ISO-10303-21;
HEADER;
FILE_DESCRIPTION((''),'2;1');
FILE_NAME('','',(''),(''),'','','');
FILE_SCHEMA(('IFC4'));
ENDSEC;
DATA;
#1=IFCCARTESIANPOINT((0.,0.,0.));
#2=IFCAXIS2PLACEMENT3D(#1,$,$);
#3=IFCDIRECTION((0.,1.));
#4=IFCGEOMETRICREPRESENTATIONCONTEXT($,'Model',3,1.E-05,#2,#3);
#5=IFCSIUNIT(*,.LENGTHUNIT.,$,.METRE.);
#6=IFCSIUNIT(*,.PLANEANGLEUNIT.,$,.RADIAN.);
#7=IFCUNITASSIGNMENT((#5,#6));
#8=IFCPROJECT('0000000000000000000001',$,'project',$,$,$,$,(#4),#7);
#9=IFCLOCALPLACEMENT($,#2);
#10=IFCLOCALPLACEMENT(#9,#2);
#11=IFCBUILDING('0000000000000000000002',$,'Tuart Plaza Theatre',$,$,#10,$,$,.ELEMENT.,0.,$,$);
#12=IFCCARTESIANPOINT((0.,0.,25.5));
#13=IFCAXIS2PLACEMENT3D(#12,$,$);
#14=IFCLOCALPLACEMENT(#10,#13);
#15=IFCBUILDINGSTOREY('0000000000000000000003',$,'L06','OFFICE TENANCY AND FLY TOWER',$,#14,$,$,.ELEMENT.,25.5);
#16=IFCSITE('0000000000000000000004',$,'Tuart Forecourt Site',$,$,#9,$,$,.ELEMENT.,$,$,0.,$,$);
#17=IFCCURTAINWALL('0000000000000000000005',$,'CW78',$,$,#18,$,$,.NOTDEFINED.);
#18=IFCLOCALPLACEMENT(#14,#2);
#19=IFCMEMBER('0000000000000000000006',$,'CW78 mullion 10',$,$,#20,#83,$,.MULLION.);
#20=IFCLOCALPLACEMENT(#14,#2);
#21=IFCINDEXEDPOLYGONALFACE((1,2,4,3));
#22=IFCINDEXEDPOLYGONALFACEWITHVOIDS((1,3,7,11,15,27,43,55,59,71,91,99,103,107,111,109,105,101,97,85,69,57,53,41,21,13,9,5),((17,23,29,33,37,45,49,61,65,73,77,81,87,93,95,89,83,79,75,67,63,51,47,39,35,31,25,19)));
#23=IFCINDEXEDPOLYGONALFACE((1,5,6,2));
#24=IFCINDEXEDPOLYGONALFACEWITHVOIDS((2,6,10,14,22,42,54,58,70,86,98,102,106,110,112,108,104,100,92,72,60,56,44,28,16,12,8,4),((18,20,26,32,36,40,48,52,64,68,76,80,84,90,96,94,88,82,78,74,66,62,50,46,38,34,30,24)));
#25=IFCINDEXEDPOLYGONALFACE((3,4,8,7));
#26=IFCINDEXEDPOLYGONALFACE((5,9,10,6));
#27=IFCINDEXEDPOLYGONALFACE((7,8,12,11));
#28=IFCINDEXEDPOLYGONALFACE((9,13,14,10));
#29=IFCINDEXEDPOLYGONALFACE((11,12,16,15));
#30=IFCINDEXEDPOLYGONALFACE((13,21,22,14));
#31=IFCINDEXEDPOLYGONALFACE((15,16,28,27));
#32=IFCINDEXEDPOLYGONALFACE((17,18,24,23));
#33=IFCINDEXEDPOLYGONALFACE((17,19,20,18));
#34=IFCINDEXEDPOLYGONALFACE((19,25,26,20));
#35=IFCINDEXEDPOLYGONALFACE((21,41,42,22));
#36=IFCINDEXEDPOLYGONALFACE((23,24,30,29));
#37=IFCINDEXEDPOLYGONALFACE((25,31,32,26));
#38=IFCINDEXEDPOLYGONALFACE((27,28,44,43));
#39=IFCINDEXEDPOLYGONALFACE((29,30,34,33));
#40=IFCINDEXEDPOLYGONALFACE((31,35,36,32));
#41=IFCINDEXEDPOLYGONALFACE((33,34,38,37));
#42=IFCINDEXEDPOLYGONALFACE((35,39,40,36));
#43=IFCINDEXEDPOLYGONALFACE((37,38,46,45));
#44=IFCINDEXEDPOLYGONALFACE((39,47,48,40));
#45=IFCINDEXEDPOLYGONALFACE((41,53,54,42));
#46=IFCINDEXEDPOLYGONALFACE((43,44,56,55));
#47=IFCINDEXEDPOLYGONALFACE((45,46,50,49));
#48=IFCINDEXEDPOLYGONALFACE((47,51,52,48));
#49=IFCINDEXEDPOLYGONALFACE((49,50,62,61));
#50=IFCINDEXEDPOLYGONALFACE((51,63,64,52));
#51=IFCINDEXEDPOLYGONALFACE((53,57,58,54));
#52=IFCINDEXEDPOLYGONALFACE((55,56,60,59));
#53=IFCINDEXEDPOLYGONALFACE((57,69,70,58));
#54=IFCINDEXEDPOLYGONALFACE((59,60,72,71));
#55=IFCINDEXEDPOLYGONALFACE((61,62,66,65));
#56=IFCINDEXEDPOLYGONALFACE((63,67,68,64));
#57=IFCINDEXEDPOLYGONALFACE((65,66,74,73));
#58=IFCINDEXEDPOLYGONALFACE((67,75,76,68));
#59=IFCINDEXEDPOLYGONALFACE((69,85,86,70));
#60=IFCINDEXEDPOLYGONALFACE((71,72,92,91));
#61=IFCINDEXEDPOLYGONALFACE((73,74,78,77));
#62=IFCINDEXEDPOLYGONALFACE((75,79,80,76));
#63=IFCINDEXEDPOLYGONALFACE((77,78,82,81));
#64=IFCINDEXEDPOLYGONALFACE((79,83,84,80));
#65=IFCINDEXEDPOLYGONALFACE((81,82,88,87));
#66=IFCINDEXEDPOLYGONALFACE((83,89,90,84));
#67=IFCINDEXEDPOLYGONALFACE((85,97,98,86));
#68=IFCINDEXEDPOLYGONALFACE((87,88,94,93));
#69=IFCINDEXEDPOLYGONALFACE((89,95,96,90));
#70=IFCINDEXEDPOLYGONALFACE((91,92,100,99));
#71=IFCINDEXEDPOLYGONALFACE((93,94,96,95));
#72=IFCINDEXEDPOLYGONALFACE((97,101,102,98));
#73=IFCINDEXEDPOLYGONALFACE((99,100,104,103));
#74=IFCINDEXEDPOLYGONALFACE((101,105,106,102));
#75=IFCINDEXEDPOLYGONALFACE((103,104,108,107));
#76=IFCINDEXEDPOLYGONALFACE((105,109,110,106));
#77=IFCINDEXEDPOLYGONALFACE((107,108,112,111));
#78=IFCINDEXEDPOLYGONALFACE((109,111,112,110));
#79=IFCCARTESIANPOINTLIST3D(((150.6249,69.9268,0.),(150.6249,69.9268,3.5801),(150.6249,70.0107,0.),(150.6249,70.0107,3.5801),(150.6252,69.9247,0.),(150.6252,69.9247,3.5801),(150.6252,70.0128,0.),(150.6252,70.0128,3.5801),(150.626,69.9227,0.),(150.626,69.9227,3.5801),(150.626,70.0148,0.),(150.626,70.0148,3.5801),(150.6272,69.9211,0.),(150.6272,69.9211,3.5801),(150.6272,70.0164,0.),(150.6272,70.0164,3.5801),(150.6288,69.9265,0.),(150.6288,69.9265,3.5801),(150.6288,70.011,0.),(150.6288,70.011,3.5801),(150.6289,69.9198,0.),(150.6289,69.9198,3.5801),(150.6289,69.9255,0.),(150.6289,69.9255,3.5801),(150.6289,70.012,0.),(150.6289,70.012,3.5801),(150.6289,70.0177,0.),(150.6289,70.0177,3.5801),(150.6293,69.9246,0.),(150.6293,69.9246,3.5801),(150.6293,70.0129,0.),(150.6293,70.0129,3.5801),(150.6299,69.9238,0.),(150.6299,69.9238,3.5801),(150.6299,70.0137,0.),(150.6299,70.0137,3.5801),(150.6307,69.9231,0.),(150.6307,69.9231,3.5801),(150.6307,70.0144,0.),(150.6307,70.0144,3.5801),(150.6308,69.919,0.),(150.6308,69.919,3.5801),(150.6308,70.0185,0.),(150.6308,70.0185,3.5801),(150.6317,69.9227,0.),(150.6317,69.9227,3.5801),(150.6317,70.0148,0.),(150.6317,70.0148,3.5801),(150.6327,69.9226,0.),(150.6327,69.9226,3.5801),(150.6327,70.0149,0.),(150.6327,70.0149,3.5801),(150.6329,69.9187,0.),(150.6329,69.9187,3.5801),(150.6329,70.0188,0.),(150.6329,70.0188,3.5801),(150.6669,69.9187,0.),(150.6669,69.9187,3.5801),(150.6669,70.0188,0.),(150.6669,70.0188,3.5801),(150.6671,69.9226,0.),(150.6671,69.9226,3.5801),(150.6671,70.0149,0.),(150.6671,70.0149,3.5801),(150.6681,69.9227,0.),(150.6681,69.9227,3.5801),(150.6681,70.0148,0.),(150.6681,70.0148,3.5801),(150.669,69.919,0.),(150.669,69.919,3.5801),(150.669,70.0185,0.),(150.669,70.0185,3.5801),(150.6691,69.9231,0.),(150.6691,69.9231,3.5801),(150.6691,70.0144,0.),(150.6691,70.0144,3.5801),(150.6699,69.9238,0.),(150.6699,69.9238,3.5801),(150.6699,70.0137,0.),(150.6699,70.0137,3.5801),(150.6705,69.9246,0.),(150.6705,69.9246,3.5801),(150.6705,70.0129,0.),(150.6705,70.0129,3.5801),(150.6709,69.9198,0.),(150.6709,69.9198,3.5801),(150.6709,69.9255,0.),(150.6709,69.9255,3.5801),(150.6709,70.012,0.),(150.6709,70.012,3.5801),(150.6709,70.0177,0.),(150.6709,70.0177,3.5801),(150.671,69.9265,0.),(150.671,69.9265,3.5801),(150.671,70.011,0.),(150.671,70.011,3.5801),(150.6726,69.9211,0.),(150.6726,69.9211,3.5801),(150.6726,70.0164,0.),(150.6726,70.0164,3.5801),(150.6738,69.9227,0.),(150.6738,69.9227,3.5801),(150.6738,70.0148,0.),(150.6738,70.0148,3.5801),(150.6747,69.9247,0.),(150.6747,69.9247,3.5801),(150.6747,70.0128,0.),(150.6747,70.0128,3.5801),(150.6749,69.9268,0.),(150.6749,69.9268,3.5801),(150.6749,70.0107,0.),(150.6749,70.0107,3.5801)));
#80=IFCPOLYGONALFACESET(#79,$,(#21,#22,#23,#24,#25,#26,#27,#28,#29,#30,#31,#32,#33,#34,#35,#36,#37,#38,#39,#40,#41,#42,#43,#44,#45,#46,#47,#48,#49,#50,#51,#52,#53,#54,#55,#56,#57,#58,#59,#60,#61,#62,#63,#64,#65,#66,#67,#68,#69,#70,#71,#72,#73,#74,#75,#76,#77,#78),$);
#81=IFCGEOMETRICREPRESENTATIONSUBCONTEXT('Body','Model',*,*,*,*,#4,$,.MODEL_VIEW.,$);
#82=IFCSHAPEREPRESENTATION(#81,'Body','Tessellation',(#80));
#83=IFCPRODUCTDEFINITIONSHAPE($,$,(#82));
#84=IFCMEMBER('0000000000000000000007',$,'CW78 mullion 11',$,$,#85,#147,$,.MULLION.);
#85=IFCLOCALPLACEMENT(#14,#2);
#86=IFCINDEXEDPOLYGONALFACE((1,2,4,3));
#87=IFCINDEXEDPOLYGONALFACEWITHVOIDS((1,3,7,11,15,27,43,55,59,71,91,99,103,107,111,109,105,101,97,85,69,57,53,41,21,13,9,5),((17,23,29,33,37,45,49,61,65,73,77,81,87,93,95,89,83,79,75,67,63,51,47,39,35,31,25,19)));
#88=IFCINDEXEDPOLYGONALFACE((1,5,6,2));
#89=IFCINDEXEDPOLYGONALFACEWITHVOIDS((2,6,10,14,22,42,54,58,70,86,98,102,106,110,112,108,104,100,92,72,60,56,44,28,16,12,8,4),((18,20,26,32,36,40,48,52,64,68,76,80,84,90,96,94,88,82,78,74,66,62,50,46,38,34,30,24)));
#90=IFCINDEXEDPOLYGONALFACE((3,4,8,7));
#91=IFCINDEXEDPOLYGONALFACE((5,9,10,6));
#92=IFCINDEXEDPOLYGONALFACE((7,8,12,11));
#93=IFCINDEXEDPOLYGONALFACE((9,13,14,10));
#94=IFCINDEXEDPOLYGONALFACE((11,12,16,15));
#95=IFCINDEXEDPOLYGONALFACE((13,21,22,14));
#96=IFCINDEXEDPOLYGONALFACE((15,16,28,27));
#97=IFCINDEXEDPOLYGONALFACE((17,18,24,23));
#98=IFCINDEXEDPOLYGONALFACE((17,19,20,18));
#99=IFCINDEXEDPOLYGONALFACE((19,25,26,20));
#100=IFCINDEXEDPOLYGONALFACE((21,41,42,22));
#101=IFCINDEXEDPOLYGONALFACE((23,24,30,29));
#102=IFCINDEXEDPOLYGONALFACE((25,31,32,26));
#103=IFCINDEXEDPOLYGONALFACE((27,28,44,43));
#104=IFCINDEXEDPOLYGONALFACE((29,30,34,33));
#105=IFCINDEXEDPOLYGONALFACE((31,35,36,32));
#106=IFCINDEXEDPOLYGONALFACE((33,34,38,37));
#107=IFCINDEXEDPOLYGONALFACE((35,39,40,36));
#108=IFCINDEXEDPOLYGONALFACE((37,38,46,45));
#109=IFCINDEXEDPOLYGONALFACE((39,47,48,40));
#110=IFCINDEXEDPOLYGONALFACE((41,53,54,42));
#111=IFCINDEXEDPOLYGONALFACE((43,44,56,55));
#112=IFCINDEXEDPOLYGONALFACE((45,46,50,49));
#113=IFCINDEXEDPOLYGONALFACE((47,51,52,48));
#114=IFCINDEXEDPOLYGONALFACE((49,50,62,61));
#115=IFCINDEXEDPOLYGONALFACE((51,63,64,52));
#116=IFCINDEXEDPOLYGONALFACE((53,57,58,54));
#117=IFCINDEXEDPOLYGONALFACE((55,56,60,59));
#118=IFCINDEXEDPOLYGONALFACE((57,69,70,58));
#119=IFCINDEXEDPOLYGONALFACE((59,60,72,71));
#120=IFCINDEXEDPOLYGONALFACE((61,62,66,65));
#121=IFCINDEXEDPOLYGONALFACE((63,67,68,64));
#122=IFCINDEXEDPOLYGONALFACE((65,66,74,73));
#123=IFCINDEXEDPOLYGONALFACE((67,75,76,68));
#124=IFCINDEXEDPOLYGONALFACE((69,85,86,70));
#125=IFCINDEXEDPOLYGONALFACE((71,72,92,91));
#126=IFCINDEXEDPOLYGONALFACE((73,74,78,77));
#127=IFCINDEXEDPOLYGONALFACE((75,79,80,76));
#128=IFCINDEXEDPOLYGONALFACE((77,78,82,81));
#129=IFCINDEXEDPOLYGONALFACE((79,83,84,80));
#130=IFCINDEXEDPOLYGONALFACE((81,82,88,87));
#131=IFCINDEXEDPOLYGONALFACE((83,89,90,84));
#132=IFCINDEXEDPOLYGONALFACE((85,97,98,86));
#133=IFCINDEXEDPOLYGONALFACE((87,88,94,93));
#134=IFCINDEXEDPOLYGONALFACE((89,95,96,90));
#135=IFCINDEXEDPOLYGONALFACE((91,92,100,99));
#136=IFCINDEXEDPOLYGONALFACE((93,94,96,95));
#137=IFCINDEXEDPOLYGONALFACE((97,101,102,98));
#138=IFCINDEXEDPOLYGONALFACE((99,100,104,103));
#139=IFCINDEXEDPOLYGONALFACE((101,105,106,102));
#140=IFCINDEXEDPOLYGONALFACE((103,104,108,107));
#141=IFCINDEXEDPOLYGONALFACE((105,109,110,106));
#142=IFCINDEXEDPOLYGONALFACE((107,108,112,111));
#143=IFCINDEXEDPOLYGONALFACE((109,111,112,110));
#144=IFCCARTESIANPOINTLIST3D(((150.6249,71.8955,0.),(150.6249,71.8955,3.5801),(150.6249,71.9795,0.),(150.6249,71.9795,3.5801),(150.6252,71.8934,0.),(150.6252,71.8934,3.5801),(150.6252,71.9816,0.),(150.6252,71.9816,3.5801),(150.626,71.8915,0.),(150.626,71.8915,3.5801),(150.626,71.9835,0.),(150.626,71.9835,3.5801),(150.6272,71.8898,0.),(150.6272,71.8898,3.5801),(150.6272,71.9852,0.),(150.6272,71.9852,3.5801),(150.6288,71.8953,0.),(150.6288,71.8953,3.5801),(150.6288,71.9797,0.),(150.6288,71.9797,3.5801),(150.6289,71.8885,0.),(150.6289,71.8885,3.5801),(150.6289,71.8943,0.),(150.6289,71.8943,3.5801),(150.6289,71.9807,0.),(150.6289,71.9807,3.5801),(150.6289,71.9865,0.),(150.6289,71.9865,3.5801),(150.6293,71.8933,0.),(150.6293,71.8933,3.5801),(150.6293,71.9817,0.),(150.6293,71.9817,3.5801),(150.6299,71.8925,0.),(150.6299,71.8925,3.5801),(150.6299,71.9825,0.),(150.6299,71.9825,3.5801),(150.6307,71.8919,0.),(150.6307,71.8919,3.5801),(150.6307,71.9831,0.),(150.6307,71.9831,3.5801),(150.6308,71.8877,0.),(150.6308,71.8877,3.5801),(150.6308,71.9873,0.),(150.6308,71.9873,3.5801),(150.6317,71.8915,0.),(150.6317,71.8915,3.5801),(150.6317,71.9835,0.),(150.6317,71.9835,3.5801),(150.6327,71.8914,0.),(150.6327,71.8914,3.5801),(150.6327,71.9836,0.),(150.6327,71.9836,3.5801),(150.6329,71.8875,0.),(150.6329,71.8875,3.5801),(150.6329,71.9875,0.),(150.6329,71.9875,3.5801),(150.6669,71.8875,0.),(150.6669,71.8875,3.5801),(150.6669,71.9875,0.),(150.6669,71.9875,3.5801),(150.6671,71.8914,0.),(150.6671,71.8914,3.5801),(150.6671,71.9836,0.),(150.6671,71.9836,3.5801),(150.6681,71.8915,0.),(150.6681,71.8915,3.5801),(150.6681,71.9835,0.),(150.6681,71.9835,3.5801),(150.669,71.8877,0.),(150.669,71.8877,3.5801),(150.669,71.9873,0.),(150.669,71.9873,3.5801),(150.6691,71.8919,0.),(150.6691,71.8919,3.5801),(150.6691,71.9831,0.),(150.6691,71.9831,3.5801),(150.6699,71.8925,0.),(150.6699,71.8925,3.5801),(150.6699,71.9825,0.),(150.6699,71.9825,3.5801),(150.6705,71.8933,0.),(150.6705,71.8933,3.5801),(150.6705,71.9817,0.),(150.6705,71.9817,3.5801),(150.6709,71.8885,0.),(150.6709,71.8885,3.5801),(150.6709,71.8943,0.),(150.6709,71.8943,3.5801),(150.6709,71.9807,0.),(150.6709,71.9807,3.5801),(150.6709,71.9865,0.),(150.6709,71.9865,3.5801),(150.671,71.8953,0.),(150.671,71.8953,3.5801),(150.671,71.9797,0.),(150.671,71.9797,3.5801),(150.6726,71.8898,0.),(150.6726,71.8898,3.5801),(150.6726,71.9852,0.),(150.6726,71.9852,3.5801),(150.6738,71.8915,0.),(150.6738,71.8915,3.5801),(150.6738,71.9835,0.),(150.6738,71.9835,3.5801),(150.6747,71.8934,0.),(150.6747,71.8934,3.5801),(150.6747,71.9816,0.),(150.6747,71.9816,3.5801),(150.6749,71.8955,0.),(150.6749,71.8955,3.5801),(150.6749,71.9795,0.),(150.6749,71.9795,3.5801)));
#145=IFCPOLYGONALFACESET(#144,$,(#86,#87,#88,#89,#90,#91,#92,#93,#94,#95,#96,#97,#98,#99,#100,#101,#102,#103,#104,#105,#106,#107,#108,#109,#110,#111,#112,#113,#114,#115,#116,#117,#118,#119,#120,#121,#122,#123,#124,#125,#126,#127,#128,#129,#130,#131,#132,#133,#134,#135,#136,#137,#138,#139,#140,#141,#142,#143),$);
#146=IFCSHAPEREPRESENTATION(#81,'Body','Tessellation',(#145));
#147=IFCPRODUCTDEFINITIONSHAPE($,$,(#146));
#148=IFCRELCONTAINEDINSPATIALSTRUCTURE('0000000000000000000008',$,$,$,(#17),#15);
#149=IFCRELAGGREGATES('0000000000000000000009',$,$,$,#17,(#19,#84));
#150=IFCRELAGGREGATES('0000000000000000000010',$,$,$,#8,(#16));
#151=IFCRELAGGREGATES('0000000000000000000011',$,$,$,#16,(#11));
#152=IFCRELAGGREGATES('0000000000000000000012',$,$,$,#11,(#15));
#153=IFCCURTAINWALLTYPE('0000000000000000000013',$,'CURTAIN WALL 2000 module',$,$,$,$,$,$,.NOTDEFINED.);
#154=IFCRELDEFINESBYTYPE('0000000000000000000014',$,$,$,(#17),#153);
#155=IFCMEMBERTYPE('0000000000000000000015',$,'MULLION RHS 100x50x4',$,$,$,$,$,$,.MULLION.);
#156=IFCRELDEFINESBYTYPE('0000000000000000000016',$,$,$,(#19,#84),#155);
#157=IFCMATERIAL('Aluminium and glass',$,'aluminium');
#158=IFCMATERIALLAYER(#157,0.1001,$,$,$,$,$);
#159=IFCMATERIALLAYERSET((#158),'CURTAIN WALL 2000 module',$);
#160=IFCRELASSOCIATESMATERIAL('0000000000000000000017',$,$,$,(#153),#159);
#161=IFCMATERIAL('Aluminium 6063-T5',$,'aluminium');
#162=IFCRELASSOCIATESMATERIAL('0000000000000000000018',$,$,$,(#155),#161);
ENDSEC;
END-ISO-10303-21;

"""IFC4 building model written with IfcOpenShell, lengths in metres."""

from ifc_helpers import new_model, si_unit, direction, frame, origin, origin_2d, place, context, subcontext, project, spatial, hollow_rectangle, extrude, material, layer, layer_set, material_profile, profile_set, type_object, element, aggregate, save


model = new_model("IFC4")

# Units and contexts
model_context = context("Model", 3, precision=1e-05, world=origin(), true_north=direction((0.0, 1.0)))
body_context = subcontext(model_context, "Body", "Model", "MODEL_VIEW")
ifc_project = project(units=[si_unit("LENGTHUNIT", "METRE"), si_unit("PLANEANGLEUNIT", "RADIAN")], contexts=[model_context])

# Site, building, storey
site_placement = place(None, origin())
site = spatial("IfcSite", under=ifc_project, at=site_placement, Name="Tuart Forecourt Site", CompositionType="ELEMENT", RefElevation=0.0)
building_placement = place(site_placement, origin())
building = spatial("IfcBuilding", under=site, at=building_placement, Name="Tuart Plaza Theatre", CompositionType="ELEMENT", ElevationOfRefHeight=0.0)
storey_placement = place(building_placement, frame((0.0, 0.0, 25.5)))
storey = spatial("IfcBuildingStorey", under=building, at=storey_placement, Name="L06", Description="OFFICE TENANCY AND FLY TOWER", CompositionType="ELEMENT", Elevation=25.5)

# Curtain wall, members
ifc_material_1 = material(Name="Aluminium and glass", Category="aluminium")
ifc_layer_1 = layer(ifc_material_1, 0.1001)
ifc_layer_set_1 = layer_set([ifc_layer_1], Name="CURTAIN WALL 2000 module")
curtain_wall_type = type_object("IfcCurtainWallType", Name="CURTAIN WALL 2000 module", PredefinedType="NOTDEFINED", material=ifc_layer_set_1)
curtain_wall_placement = place(storey_placement, origin())
curtain_wall = element("IfcCurtainWall", 1, at=curtain_wall_placement, inside=storey, type_object=curtain_wall_type, Name="CW78", PredefinedType="NOTDEFINED")
ifc_material_2 = material(Name="Aluminium 6063-T5", Category="aluminium")
ifc_material_profile_1 = material_profile(ifc_material_2, hollow_rectangle(XDim=0.05, YDim=0.1001, WallThickness=0.0039, InnerFilletRadius=0.0039, OuterFilletRadius=0.0081, at=origin_2d()), Name="RHS 100x50x4")
ifc_profile_set_1 = profile_set([ifc_material_profile_1], Name="Aluminium 6063-T5")
member_type_1 = type_object("IfcMemberType", Name="MULLION RHS 100x50x4", PredefinedType="MULLION", material=ifc_profile_set_1)
member_1_placement = place(storey_placement, frame((150.6499, 69.9688, 0.0), z_axis=(0.0, 0.0, 1.0), x_axis=(-1.0, 0.0, 0.0)))
member_1 = element("IfcMember", 2, at=member_1_placement, type_object=member_type_1, Name="CW78 mullion 10", PredefinedType="MULLION", context=body_context, shape_type="SweptSolid", body=[
    extrude(hollow_rectangle(XDim=0.05, YDim=0.1001, WallThickness=0.0039, InnerFilletRadius=0.0039, OuterFilletRadius=0.0081, at=origin_2d()), origin(), (0.0, 0.0, 1.0), 3.5801),
])
member_2_placement = place(storey_placement, frame((150.6499, 71.9375, 0.0), z_axis=(0.0, 0.0, 1.0), x_axis=(-1.0, 0.0, 0.0)))
member_2 = element("IfcMember", 3, at=member_2_placement, type_object=member_type_1, Name="CW78 mullion 11", PredefinedType="MULLION", context=body_context, shape_type="SweptSolid", body=[
    extrude(hollow_rectangle(XDim=0.05, YDim=0.1001, WallThickness=0.0039, InnerFilletRadius=0.0039, OuterFilletRadius=0.0081, at=origin_2d()), origin(), (0.0, 0.0, 1.0), 3.5801),
])
aggregate(curtain_wall, [member_1, member_2])

save(model, "model.ifc")
